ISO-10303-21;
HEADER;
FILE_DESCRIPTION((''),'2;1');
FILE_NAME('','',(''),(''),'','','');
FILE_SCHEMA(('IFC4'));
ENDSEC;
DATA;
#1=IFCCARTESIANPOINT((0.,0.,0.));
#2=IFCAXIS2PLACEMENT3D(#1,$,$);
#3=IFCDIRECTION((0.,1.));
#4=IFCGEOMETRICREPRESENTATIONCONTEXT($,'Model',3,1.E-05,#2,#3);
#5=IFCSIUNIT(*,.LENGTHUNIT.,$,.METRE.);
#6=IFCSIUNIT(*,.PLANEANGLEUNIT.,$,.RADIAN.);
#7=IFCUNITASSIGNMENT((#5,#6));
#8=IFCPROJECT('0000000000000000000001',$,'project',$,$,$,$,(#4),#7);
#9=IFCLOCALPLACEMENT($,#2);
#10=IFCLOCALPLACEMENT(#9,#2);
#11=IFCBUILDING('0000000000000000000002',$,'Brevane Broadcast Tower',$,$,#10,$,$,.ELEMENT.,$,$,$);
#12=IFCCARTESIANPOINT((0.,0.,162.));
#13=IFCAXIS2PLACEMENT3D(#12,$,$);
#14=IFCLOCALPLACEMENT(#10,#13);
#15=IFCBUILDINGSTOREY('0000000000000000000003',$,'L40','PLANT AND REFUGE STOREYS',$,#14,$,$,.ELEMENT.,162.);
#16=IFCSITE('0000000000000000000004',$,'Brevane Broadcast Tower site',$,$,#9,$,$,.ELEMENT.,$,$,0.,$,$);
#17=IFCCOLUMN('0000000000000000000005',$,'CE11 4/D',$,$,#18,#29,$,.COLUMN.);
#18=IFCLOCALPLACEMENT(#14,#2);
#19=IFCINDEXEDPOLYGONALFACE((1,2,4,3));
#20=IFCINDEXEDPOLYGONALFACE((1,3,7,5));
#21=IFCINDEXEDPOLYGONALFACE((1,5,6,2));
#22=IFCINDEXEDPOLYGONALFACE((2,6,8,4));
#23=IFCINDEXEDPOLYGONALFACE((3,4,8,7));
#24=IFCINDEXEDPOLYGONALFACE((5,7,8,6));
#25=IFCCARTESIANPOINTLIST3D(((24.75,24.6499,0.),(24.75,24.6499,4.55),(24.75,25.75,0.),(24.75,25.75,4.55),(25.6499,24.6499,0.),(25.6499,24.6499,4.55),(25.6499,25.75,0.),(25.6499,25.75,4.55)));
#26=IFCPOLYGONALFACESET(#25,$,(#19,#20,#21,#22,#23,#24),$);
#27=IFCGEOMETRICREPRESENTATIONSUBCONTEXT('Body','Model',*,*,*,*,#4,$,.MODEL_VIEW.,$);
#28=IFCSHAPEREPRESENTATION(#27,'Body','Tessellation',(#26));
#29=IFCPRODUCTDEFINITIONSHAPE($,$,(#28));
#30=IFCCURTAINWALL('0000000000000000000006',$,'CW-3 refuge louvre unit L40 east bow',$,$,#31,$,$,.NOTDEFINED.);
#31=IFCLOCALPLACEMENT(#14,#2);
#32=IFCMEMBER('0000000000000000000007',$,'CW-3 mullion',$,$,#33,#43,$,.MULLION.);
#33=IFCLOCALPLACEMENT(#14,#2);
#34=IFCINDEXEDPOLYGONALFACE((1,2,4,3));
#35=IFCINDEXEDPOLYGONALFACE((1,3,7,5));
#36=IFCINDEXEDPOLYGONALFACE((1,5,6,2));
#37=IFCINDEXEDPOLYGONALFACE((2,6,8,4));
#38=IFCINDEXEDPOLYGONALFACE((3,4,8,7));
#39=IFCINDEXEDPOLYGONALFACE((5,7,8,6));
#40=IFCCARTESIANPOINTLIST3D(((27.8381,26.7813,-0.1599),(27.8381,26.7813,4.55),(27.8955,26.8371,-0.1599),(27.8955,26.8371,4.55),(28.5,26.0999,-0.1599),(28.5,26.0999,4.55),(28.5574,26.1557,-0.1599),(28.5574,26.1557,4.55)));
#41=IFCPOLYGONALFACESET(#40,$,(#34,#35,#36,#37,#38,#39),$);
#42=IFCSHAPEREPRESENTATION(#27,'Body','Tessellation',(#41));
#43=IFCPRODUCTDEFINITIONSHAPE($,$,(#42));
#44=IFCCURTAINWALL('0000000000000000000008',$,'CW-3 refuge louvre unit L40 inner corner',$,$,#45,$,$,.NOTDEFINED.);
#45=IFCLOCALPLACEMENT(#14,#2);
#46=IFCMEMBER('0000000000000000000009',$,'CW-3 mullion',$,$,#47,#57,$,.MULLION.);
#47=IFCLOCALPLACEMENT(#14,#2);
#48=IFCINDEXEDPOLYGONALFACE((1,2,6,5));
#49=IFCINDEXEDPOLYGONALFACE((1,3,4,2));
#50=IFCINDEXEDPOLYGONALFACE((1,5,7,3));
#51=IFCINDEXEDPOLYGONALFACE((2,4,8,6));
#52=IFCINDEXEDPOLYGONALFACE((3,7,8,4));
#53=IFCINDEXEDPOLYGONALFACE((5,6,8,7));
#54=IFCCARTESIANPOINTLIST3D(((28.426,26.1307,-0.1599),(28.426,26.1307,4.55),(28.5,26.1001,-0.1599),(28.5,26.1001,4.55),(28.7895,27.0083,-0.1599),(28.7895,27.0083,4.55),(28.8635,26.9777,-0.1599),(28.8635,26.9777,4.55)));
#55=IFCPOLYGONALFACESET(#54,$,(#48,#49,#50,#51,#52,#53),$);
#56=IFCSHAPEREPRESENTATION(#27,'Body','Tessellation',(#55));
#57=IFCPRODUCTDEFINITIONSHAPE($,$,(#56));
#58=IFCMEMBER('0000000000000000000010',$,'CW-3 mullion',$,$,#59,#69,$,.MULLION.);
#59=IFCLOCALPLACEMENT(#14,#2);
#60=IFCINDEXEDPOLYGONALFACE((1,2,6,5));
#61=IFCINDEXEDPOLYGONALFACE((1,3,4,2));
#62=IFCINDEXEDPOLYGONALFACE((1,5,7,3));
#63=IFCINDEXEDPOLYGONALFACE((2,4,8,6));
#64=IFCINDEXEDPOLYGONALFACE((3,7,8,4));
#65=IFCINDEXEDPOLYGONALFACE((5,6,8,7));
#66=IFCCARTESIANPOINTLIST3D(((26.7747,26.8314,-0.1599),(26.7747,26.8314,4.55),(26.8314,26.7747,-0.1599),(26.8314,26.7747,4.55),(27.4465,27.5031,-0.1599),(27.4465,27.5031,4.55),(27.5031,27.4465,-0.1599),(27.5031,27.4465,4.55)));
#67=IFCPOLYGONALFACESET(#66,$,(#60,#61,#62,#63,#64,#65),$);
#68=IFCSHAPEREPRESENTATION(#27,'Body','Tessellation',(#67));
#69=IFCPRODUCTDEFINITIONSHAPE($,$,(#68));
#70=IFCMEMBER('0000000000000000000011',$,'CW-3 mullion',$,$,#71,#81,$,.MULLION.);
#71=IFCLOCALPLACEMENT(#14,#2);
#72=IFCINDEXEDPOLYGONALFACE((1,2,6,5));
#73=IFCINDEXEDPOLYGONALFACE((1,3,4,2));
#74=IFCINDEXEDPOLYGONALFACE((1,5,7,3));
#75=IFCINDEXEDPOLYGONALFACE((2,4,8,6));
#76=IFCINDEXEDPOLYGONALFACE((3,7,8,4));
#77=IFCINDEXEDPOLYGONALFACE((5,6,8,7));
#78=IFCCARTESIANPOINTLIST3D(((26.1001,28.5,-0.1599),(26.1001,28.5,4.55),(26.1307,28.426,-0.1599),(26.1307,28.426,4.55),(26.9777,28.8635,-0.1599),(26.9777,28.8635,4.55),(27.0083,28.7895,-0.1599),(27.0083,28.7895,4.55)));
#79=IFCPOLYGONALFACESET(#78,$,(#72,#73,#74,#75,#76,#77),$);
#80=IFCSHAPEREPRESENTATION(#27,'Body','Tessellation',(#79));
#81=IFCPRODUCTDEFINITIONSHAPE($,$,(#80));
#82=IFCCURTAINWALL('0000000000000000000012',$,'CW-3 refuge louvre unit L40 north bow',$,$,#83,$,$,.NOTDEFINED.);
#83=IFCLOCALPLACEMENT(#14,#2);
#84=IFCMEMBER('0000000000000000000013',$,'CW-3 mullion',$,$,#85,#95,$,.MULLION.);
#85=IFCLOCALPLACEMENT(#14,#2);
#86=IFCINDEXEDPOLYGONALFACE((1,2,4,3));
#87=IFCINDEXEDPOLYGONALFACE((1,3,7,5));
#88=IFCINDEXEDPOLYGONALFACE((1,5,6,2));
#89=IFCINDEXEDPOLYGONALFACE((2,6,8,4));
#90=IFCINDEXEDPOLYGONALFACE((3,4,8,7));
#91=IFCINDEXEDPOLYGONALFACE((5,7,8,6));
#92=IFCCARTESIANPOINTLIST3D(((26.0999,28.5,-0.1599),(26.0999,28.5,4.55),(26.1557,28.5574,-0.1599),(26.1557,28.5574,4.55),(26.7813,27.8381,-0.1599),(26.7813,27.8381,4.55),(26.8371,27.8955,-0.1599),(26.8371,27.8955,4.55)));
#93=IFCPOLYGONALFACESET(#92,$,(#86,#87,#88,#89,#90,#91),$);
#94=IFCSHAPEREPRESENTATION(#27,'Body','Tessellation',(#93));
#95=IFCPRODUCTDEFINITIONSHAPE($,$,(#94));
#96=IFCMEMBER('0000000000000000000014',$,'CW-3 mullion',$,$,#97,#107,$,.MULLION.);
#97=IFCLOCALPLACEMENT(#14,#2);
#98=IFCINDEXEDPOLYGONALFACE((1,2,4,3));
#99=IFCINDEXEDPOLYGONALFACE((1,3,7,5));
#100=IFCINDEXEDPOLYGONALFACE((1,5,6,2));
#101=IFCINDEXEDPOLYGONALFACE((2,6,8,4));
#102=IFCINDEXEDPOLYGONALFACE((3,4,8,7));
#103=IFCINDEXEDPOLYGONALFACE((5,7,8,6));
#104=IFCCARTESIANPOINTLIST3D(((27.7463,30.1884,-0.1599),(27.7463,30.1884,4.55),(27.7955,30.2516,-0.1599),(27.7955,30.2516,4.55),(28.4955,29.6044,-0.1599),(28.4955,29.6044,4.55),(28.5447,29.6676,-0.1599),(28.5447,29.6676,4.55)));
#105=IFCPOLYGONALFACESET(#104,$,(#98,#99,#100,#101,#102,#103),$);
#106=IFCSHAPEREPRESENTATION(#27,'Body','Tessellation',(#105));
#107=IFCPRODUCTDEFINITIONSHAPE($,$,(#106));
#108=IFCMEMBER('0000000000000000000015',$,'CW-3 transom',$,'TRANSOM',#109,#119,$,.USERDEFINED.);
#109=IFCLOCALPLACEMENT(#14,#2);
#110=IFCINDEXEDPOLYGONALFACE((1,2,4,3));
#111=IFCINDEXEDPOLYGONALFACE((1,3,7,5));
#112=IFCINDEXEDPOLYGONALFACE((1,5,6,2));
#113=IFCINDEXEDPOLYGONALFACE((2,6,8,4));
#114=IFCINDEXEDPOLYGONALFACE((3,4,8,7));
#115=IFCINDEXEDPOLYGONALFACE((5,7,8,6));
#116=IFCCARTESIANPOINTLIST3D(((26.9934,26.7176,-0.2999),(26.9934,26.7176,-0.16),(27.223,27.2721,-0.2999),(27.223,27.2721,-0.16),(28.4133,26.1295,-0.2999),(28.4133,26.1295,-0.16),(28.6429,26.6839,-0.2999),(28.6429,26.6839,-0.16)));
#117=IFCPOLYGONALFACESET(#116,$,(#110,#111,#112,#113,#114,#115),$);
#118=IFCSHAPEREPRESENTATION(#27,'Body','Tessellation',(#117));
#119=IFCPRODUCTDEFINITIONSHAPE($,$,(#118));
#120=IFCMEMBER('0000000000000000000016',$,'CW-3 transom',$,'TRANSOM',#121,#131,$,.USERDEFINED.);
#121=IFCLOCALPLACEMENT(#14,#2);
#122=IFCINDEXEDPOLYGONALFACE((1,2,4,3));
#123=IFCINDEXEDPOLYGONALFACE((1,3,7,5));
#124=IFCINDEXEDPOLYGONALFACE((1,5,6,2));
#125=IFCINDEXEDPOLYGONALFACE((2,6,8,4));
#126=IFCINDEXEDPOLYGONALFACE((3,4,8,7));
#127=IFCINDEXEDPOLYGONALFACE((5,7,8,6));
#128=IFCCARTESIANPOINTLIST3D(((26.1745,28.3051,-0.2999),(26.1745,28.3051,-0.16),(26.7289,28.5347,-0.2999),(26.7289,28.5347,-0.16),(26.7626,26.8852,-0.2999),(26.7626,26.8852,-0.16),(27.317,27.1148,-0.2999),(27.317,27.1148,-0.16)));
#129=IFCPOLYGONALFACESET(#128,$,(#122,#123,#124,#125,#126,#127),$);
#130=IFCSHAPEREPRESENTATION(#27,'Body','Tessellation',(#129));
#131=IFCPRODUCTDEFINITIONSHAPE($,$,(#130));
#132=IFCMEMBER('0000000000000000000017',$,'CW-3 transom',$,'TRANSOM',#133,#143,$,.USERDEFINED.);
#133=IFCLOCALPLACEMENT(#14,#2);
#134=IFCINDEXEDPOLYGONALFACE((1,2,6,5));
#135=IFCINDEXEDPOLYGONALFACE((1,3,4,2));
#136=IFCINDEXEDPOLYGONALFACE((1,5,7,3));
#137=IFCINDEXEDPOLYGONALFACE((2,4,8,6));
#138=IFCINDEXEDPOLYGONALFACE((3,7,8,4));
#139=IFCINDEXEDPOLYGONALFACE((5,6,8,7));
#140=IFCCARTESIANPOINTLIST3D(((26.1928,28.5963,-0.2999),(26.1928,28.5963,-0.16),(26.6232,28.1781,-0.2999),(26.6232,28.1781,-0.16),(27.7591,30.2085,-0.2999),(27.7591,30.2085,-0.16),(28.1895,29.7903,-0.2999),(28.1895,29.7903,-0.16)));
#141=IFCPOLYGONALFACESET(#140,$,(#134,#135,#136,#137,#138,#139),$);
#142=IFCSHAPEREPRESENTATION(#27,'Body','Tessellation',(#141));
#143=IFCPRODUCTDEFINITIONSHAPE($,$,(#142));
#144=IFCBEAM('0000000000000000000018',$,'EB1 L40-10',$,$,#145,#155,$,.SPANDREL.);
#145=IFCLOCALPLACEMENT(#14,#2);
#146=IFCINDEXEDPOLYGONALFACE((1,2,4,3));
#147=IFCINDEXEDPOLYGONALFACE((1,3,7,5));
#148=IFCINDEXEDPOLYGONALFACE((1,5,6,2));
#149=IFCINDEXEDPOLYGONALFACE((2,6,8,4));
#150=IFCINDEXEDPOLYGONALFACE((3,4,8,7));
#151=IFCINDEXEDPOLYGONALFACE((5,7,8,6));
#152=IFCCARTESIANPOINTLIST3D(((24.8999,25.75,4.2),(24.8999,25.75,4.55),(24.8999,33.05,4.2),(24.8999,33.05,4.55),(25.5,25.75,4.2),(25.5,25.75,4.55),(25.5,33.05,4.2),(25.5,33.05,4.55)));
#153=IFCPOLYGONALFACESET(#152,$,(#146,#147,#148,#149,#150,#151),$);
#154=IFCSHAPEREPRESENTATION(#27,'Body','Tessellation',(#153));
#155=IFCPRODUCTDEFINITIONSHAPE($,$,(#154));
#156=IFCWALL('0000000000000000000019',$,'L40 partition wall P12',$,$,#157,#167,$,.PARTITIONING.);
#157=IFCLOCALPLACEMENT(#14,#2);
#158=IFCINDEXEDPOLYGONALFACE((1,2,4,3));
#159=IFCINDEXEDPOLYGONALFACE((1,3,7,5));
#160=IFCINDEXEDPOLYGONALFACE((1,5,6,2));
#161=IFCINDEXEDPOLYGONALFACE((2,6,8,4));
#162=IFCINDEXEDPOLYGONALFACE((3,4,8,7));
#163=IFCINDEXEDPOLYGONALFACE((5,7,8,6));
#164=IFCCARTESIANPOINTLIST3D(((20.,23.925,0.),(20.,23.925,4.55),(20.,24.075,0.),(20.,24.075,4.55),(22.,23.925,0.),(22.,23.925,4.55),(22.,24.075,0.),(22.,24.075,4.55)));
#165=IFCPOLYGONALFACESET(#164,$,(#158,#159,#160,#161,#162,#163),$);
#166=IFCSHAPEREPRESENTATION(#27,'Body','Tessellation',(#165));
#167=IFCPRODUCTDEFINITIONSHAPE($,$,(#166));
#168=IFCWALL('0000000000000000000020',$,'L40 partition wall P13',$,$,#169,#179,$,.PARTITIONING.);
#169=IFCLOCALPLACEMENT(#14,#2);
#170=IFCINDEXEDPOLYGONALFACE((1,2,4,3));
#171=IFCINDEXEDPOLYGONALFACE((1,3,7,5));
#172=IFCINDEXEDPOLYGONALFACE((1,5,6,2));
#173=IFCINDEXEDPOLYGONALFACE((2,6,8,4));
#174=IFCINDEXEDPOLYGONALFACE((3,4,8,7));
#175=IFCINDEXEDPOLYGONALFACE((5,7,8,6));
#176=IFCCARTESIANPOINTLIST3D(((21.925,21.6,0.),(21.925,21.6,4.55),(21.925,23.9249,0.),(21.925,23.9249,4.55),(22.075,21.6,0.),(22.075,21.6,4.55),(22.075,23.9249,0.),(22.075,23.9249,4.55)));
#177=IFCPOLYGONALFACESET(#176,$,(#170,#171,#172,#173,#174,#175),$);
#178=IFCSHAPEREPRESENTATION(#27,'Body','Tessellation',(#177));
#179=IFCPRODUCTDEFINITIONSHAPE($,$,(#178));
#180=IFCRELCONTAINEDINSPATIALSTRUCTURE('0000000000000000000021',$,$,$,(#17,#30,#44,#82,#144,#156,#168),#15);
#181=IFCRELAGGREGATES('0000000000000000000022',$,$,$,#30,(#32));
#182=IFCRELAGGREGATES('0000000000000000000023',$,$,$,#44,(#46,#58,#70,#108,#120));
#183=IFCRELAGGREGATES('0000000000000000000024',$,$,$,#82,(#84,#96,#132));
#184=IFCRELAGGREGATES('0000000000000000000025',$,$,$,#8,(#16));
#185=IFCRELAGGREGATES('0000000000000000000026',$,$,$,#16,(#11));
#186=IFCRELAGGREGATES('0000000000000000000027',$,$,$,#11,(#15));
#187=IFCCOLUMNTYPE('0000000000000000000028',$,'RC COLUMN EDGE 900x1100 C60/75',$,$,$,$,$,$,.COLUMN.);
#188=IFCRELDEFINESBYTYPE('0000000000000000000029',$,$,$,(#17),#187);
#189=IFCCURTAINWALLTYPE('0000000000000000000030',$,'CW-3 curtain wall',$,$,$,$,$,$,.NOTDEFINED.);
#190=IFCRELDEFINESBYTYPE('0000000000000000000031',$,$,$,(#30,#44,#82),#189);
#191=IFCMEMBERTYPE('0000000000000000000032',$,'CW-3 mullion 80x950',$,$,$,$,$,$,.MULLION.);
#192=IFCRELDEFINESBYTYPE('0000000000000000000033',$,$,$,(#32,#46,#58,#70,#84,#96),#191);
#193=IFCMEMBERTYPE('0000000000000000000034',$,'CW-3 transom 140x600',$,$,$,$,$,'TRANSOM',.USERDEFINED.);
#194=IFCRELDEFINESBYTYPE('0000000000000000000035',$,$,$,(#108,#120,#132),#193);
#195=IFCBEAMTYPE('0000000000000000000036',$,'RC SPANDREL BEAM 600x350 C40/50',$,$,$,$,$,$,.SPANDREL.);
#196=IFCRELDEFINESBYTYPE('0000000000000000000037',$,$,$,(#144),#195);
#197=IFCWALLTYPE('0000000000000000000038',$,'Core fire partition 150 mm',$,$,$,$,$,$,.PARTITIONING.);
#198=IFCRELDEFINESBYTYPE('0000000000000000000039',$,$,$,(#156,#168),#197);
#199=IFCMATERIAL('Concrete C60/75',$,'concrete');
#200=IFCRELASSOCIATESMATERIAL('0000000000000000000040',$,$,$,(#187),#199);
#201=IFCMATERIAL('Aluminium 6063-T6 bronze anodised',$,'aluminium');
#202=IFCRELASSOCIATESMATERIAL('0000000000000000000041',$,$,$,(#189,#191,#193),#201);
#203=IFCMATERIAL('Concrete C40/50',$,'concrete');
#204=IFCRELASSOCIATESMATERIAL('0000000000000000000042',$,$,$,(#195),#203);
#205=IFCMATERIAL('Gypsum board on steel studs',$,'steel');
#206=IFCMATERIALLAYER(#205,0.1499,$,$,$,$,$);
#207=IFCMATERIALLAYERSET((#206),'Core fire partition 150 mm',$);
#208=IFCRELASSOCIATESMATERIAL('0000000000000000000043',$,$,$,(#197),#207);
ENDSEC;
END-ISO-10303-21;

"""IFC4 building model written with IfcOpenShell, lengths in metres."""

from ifc_helpers import new_model, si_unit, direction, frame, frame_2d, origin, origin_2d, place, context, subcontext, project, spatial, rectangle, extrude, material, layer, layer_set, material_profile, profile_set, type_object, element, aggregate, save


model = new_model("IFC4")

# Units and contexts
model_context = context("Model", 3, precision=1e-05, world=origin(), true_north=direction((0.0, 1.0)))
body_context = subcontext(model_context, "Body", "Model", "MODEL_VIEW")
ifc_project = project(units=[si_unit("LENGTHUNIT", "METRE"), si_unit("PLANEANGLEUNIT", "RADIAN")], contexts=[model_context])

# Site, building, storey
site_placement = place(None, origin())
site = spatial("IfcSite", under=ifc_project, at=site_placement, Name="Brevane Broadcast Tower site", CompositionType="ELEMENT", RefElevation=0.0)
building_placement = place(site_placement, origin())
building = spatial("IfcBuilding", under=site, at=building_placement, Name="Brevane Broadcast Tower", CompositionType="ELEMENT")
storey_placement = place(building_placement, frame((0.0, 0.0, 162.0)))
storey = spatial("IfcBuildingStorey", under=building, at=storey_placement, Name="L40", Description="PLANT AND REFUGE STOREYS", CompositionType="ELEMENT", Elevation=162.0)

# Column
ifc_material_1 = material(Name="Concrete C60/75", Category="concrete")
ifc_material_profile_1 = material_profile(ifc_material_1, rectangle(XDim=0.8999, YDim=1.1001, at=origin_2d()), Name="RC 900x1100")
ifc_profile_set_1 = profile_set([ifc_material_profile_1], Name="Concrete C60/75")
column_type = type_object("IfcColumnType", Name="RC COLUMN EDGE 900x1100 C60/75", PredefinedType="COLUMN", material=ifc_profile_set_1)
column_placement = place(storey_placement, frame((25.2, 25.2, 0.0), z_axis=(0.0, 0.0, 1.0), x_axis=(1.0, 0.0, 0.0)))
element("IfcColumn", 1, at=column_placement, inside=storey, type_object=column_type, Name="CE11 4/D", PredefinedType="COLUMN", context=body_context, shape_type="SweptSolid", body=[
    extrude(rectangle(XDim=0.8999, YDim=1.1001, at=origin_2d()), origin(), (0.0, 0.0, 1.0), 4.55),
])

# Curtain wall, member
ifc_material_2 = material(Name="Aluminium 6063-T6 bronze anodised", Category="aluminium")
curtain_wall_type = type_object("IfcCurtainWallType", Name="CW-3 curtain wall", PredefinedType="NOTDEFINED", material=ifc_material_2)
curtain_wall_1_placement = place(storey_placement, origin())
curtain_wall_1 = element("IfcCurtainWall", 2, at=curtain_wall_1_placement, inside=storey, type_object=curtain_wall_type, Name="CW-3 refuge louvre unit L40 east bow", PredefinedType="NOTDEFINED")
ifc_material_profile_2 = material_profile(ifc_material_2, rectangle(XDim=0.95, YDim=0.0801, at=origin_2d()), Name="RECT 80x950")
ifc_profile_set_2 = profile_set([ifc_material_profile_2], Name="Aluminium 6063-T6 bronze anodised")
member_type_1 = type_object("IfcMemberType", Name="CW-3 mullion 80x950", PredefinedType="MULLION", material=ifc_profile_set_2)
member_1_placement = place(storey_placement, frame((28.1978, 26.4685, -0.1599), z_axis=(0.0, 0.0, 1.0), x_axis=(0.696812, -0.717254, 0.0)))
member_1 = element("IfcMember", 3, at=member_1_placement, type_object=member_type_1, Name="CW-3 mullion", PredefinedType="MULLION", context=body_context, shape_type="SweptSolid", body=[
    extrude(rectangle(XDim=0.95, YDim=0.0801, at=origin_2d()), origin(), (0.0, 0.0, 1.0), 4.71),
])
aggregate(curtain_wall_1, [member_1])

# Curtain walls, members
curtain_wall_2_placement = place(storey_placement, origin())
curtain_wall_2 = element("IfcCurtainWall", 4, at=curtain_wall_2_placement, inside=storey, type_object=curtain_wall_type, Name="CW-3 refuge louvre unit L40 inner corner", PredefinedType="NOTDEFINED")
member_2_placement = place(storey_placement, frame((28.6448, 26.5542, -0.1599), z_axis=(0.0, 0.0, 1.0), x_axis=(-0.382683, -0.92388, 0.0)))
member_2 = element("IfcMember", 5, at=member_2_placement, type_object=member_type_1, Name="CW-3 mullion", PredefinedType="MULLION", context=body_context, shape_type="SweptSolid", body=[
    extrude(rectangle(XDim=0.95, YDim=0.0801, at=origin_2d()), origin(), (0.0, 0.0, 1.0), 4.71),
])
member_3_placement = place(storey_placement, frame((27.1389, 27.1389, -0.1599), z_axis=(0.0, 0.0, 1.0), x_axis=(-0.707107, -0.707107, 0.0)))
member_3 = element("IfcMember", 6, at=member_3_placement, type_object=member_type_1, Name="CW-3 mullion", PredefinedType="MULLION", context=body_context, shape_type="SweptSolid", body=[
    extrude(rectangle(XDim=0.95, YDim=0.0801, at=origin_2d()), origin(), (0.0, 0.0, 1.0), 4.71),
])
member_4_placement = place(storey_placement, frame((26.5542, 28.6448, -0.1599), z_axis=(0.0, 0.0, 1.0), x_axis=(-0.92388, -0.382683, 0.0)))
member_4 = element("IfcMember", 7, at=member_4_placement, type_object=member_type_1, Name="CW-3 mullion", PredefinedType="MULLION", context=body_context, shape_type="SweptSolid", body=[
    extrude(rectangle(XDim=0.95, YDim=0.0801, at=origin_2d()), origin(), (0.0, 0.0, 1.0), 4.71),
])
curtain_wall_3_placement = place(storey_placement, origin())
curtain_wall_3 = element("IfcCurtainWall", 8, at=curtain_wall_3_placement, inside=storey, type_object=curtain_wall_type, Name="CW-3 refuge louvre unit L40 north bow", PredefinedType="NOTDEFINED")
member_5_placement = place(storey_placement, frame((26.4685, 28.1978, -0.1599), z_axis=(0.0, 0.0, 1.0), x_axis=(-0.717254, 0.696812, 0.0)))
member_5 = element("IfcMember", 9, at=member_5_placement, type_object=member_type_1, Name="CW-3 mullion", PredefinedType="MULLION", context=body_context, shape_type="SweptSolid", body=[
    extrude(rectangle(XDim=0.95, YDim=0.0801, at=origin_2d()), origin(), (0.0, 0.0, 1.0), 4.71),
])
member_6_placement = place(storey_placement, frame((28.1455, 29.928, -0.1599), z_axis=(0.0, 0.0, 1.0), x_axis=(-0.788707, 0.61477, 0.0)))
member_6 = element("IfcMember", 10, at=member_6_placement, type_object=member_type_1, Name="CW-3 mullion", PredefinedType="MULLION", context=body_context, shape_type="SweptSolid", body=[
    extrude(rectangle(XDim=0.95, YDim=0.0801, at=origin_2d()), origin(), (0.0, 0.0, 1.0), 4.71),
])

# Members
ifc_material_profile_3 = material_profile(ifc_material_2, rectangle(XDim=0.6001, YDim=0.1399, at=origin_2d()), Name="RECT 140x600")
ifc_profile_set_3 = profile_set([ifc_material_profile_3], Name="Aluminium 6063-T6 bronze anodised")
member_type_2 = type_object("IfcMemberType", Name="CW-3 transom 140x600", ElementType="TRANSOM", PredefinedType="USERDEFINED", material=ifc_profile_set_3)
member_7_placement = place(storey_placement, frame((28.5281, 26.4067, -0.23), z_axis=(-0.923883, 0.382674, 0.0), x_axis=(-0.382674, -0.923883, 0.0)))
member_7 = element("IfcMember", 11, at=member_7_placement, type_object=member_type_2, Name="CW-3 transom", ObjectType="TRANSOM", PredefinedType="USERDEFINED", context=body_context, shape_type="SweptSolid", body=[
    extrude(rectangle(XDim=0.6001, YDim=0.1399, at=origin_2d()), origin(), (0.0, 0.0, 1.0), 1.5369),
])
member_8_placement = place(storey_placement, frame((27.0398, 27.0, -0.23), z_axis=(-0.382674, 0.923883, 0.0), x_axis=(-0.923883, -0.382674, 0.0)))
member_8 = element("IfcMember", 12, at=member_8_placement, type_object=member_type_2, Name="CW-3 transom", ObjectType="TRANSOM", PredefinedType="USERDEFINED", context=body_context, shape_type="SweptSolid", body=[
    extrude(rectangle(XDim=0.6001, YDim=0.1399, at=origin_2d()), origin(), (0.0, 0.0, 1.0), 1.5369),
])
aggregate(curtain_wall_2, [member_2, member_3, member_4, member_7, member_8])
member_9_placement = place(storey_placement, frame((26.408, 28.3872, -0.23), z_axis=(0.696824, 0.717242, 0.0), x_axis=(-0.717242, 0.696824, 0.0)))
member_9 = element("IfcMember", 13, at=member_9_placement, type_object=member_type_2, Name="CW-3 transom", ObjectType="TRANSOM", PredefinedType="USERDEFINED", context=body_context, shape_type="SweptSolid", body=[
    extrude(rectangle(XDim=0.6001, YDim=0.1399, at=origin_2d()), origin(), (0.0, 0.0, 1.0), 2.2478),
])
aggregate(curtain_wall_3, [member_5, member_6, member_9])

# Beam
ifc_material_3 = material(Name="Concrete C40/50", Category="concrete")
ifc_material_profile_4 = material_profile(ifc_material_3, rectangle(XDim=0.6001, YDim=0.3501, at=origin_2d()), Name="RC 600x350")
ifc_profile_set_4 = profile_set([ifc_material_profile_4], Name="Concrete C40/50")
beam_type = type_object("IfcBeamType", Name="RC SPANDREL BEAM 600x350 C40/50", PredefinedType="SPANDREL", material=ifc_profile_set_4)
beam_placement = place(storey_placement, frame((25.2, 25.75, 4.375), z_axis=(0.0, 1.0, 0.0), x_axis=(-1.0, 0.0, 0.0)))
element("IfcBeam", 14, at=beam_placement, inside=storey, type_object=beam_type, Name="EB1 L40-10", PredefinedType="SPANDREL", context=body_context, shape_type="SweptSolid", body=[
    extrude(rectangle(XDim=0.6001, YDim=0.3501, at=origin_2d()), origin(), (0.0, 0.0, 1.0), 7.3),
])

# Walls
ifc_material_4 = material(Name="Gypsum board on steel studs", Category="steel")
ifc_layer_1 = layer(ifc_material_4, 0.1499)
ifc_layer_set_1 = layer_set([ifc_layer_1], Name="Core fire partition 150 mm")
wall_type_1 = type_object("IfcWallType", Name="Core fire partition 150 mm", PredefinedType="PARTITIONING", material=ifc_layer_set_1)
wall_1_placement = place(storey_placement, frame((20.0, 24.0, 0.0), z_axis=(0.0, 0.0, 1.0), x_axis=(1.0, 0.0, 0.0)))
element("IfcWall", 15, at=wall_1_placement, inside=storey, type_object=wall_type_1, Name="L40 partition wall P12", PredefinedType="PARTITIONING", context=body_context, shape_type="SweptSolid", body=[
    extrude(rectangle(XDim=2.0, YDim=0.1499, at=frame_2d((1.0, 0.0))), origin(), (0.0, 0.0, 1.0), 4.55),
])
wall_2_placement = place(storey_placement, frame((22.0, 23.925, 0.0), z_axis=(0.0, 0.0, 1.0), x_axis=(0.0, -1.0, 0.0)))
element("IfcWall", 16, at=wall_2_placement, inside=storey, type_object=wall_type_1, Name="L40 partition wall P13", PredefinedType="PARTITIONING", context=body_context, shape_type="SweptSolid", body=[
    extrude(rectangle(XDim=2.325, YDim=0.1499, at=frame_2d((1.1626, 0.0))), origin(), (0.0, 0.0, 1.0), 4.55),
])

save(model, "model.ifc")
